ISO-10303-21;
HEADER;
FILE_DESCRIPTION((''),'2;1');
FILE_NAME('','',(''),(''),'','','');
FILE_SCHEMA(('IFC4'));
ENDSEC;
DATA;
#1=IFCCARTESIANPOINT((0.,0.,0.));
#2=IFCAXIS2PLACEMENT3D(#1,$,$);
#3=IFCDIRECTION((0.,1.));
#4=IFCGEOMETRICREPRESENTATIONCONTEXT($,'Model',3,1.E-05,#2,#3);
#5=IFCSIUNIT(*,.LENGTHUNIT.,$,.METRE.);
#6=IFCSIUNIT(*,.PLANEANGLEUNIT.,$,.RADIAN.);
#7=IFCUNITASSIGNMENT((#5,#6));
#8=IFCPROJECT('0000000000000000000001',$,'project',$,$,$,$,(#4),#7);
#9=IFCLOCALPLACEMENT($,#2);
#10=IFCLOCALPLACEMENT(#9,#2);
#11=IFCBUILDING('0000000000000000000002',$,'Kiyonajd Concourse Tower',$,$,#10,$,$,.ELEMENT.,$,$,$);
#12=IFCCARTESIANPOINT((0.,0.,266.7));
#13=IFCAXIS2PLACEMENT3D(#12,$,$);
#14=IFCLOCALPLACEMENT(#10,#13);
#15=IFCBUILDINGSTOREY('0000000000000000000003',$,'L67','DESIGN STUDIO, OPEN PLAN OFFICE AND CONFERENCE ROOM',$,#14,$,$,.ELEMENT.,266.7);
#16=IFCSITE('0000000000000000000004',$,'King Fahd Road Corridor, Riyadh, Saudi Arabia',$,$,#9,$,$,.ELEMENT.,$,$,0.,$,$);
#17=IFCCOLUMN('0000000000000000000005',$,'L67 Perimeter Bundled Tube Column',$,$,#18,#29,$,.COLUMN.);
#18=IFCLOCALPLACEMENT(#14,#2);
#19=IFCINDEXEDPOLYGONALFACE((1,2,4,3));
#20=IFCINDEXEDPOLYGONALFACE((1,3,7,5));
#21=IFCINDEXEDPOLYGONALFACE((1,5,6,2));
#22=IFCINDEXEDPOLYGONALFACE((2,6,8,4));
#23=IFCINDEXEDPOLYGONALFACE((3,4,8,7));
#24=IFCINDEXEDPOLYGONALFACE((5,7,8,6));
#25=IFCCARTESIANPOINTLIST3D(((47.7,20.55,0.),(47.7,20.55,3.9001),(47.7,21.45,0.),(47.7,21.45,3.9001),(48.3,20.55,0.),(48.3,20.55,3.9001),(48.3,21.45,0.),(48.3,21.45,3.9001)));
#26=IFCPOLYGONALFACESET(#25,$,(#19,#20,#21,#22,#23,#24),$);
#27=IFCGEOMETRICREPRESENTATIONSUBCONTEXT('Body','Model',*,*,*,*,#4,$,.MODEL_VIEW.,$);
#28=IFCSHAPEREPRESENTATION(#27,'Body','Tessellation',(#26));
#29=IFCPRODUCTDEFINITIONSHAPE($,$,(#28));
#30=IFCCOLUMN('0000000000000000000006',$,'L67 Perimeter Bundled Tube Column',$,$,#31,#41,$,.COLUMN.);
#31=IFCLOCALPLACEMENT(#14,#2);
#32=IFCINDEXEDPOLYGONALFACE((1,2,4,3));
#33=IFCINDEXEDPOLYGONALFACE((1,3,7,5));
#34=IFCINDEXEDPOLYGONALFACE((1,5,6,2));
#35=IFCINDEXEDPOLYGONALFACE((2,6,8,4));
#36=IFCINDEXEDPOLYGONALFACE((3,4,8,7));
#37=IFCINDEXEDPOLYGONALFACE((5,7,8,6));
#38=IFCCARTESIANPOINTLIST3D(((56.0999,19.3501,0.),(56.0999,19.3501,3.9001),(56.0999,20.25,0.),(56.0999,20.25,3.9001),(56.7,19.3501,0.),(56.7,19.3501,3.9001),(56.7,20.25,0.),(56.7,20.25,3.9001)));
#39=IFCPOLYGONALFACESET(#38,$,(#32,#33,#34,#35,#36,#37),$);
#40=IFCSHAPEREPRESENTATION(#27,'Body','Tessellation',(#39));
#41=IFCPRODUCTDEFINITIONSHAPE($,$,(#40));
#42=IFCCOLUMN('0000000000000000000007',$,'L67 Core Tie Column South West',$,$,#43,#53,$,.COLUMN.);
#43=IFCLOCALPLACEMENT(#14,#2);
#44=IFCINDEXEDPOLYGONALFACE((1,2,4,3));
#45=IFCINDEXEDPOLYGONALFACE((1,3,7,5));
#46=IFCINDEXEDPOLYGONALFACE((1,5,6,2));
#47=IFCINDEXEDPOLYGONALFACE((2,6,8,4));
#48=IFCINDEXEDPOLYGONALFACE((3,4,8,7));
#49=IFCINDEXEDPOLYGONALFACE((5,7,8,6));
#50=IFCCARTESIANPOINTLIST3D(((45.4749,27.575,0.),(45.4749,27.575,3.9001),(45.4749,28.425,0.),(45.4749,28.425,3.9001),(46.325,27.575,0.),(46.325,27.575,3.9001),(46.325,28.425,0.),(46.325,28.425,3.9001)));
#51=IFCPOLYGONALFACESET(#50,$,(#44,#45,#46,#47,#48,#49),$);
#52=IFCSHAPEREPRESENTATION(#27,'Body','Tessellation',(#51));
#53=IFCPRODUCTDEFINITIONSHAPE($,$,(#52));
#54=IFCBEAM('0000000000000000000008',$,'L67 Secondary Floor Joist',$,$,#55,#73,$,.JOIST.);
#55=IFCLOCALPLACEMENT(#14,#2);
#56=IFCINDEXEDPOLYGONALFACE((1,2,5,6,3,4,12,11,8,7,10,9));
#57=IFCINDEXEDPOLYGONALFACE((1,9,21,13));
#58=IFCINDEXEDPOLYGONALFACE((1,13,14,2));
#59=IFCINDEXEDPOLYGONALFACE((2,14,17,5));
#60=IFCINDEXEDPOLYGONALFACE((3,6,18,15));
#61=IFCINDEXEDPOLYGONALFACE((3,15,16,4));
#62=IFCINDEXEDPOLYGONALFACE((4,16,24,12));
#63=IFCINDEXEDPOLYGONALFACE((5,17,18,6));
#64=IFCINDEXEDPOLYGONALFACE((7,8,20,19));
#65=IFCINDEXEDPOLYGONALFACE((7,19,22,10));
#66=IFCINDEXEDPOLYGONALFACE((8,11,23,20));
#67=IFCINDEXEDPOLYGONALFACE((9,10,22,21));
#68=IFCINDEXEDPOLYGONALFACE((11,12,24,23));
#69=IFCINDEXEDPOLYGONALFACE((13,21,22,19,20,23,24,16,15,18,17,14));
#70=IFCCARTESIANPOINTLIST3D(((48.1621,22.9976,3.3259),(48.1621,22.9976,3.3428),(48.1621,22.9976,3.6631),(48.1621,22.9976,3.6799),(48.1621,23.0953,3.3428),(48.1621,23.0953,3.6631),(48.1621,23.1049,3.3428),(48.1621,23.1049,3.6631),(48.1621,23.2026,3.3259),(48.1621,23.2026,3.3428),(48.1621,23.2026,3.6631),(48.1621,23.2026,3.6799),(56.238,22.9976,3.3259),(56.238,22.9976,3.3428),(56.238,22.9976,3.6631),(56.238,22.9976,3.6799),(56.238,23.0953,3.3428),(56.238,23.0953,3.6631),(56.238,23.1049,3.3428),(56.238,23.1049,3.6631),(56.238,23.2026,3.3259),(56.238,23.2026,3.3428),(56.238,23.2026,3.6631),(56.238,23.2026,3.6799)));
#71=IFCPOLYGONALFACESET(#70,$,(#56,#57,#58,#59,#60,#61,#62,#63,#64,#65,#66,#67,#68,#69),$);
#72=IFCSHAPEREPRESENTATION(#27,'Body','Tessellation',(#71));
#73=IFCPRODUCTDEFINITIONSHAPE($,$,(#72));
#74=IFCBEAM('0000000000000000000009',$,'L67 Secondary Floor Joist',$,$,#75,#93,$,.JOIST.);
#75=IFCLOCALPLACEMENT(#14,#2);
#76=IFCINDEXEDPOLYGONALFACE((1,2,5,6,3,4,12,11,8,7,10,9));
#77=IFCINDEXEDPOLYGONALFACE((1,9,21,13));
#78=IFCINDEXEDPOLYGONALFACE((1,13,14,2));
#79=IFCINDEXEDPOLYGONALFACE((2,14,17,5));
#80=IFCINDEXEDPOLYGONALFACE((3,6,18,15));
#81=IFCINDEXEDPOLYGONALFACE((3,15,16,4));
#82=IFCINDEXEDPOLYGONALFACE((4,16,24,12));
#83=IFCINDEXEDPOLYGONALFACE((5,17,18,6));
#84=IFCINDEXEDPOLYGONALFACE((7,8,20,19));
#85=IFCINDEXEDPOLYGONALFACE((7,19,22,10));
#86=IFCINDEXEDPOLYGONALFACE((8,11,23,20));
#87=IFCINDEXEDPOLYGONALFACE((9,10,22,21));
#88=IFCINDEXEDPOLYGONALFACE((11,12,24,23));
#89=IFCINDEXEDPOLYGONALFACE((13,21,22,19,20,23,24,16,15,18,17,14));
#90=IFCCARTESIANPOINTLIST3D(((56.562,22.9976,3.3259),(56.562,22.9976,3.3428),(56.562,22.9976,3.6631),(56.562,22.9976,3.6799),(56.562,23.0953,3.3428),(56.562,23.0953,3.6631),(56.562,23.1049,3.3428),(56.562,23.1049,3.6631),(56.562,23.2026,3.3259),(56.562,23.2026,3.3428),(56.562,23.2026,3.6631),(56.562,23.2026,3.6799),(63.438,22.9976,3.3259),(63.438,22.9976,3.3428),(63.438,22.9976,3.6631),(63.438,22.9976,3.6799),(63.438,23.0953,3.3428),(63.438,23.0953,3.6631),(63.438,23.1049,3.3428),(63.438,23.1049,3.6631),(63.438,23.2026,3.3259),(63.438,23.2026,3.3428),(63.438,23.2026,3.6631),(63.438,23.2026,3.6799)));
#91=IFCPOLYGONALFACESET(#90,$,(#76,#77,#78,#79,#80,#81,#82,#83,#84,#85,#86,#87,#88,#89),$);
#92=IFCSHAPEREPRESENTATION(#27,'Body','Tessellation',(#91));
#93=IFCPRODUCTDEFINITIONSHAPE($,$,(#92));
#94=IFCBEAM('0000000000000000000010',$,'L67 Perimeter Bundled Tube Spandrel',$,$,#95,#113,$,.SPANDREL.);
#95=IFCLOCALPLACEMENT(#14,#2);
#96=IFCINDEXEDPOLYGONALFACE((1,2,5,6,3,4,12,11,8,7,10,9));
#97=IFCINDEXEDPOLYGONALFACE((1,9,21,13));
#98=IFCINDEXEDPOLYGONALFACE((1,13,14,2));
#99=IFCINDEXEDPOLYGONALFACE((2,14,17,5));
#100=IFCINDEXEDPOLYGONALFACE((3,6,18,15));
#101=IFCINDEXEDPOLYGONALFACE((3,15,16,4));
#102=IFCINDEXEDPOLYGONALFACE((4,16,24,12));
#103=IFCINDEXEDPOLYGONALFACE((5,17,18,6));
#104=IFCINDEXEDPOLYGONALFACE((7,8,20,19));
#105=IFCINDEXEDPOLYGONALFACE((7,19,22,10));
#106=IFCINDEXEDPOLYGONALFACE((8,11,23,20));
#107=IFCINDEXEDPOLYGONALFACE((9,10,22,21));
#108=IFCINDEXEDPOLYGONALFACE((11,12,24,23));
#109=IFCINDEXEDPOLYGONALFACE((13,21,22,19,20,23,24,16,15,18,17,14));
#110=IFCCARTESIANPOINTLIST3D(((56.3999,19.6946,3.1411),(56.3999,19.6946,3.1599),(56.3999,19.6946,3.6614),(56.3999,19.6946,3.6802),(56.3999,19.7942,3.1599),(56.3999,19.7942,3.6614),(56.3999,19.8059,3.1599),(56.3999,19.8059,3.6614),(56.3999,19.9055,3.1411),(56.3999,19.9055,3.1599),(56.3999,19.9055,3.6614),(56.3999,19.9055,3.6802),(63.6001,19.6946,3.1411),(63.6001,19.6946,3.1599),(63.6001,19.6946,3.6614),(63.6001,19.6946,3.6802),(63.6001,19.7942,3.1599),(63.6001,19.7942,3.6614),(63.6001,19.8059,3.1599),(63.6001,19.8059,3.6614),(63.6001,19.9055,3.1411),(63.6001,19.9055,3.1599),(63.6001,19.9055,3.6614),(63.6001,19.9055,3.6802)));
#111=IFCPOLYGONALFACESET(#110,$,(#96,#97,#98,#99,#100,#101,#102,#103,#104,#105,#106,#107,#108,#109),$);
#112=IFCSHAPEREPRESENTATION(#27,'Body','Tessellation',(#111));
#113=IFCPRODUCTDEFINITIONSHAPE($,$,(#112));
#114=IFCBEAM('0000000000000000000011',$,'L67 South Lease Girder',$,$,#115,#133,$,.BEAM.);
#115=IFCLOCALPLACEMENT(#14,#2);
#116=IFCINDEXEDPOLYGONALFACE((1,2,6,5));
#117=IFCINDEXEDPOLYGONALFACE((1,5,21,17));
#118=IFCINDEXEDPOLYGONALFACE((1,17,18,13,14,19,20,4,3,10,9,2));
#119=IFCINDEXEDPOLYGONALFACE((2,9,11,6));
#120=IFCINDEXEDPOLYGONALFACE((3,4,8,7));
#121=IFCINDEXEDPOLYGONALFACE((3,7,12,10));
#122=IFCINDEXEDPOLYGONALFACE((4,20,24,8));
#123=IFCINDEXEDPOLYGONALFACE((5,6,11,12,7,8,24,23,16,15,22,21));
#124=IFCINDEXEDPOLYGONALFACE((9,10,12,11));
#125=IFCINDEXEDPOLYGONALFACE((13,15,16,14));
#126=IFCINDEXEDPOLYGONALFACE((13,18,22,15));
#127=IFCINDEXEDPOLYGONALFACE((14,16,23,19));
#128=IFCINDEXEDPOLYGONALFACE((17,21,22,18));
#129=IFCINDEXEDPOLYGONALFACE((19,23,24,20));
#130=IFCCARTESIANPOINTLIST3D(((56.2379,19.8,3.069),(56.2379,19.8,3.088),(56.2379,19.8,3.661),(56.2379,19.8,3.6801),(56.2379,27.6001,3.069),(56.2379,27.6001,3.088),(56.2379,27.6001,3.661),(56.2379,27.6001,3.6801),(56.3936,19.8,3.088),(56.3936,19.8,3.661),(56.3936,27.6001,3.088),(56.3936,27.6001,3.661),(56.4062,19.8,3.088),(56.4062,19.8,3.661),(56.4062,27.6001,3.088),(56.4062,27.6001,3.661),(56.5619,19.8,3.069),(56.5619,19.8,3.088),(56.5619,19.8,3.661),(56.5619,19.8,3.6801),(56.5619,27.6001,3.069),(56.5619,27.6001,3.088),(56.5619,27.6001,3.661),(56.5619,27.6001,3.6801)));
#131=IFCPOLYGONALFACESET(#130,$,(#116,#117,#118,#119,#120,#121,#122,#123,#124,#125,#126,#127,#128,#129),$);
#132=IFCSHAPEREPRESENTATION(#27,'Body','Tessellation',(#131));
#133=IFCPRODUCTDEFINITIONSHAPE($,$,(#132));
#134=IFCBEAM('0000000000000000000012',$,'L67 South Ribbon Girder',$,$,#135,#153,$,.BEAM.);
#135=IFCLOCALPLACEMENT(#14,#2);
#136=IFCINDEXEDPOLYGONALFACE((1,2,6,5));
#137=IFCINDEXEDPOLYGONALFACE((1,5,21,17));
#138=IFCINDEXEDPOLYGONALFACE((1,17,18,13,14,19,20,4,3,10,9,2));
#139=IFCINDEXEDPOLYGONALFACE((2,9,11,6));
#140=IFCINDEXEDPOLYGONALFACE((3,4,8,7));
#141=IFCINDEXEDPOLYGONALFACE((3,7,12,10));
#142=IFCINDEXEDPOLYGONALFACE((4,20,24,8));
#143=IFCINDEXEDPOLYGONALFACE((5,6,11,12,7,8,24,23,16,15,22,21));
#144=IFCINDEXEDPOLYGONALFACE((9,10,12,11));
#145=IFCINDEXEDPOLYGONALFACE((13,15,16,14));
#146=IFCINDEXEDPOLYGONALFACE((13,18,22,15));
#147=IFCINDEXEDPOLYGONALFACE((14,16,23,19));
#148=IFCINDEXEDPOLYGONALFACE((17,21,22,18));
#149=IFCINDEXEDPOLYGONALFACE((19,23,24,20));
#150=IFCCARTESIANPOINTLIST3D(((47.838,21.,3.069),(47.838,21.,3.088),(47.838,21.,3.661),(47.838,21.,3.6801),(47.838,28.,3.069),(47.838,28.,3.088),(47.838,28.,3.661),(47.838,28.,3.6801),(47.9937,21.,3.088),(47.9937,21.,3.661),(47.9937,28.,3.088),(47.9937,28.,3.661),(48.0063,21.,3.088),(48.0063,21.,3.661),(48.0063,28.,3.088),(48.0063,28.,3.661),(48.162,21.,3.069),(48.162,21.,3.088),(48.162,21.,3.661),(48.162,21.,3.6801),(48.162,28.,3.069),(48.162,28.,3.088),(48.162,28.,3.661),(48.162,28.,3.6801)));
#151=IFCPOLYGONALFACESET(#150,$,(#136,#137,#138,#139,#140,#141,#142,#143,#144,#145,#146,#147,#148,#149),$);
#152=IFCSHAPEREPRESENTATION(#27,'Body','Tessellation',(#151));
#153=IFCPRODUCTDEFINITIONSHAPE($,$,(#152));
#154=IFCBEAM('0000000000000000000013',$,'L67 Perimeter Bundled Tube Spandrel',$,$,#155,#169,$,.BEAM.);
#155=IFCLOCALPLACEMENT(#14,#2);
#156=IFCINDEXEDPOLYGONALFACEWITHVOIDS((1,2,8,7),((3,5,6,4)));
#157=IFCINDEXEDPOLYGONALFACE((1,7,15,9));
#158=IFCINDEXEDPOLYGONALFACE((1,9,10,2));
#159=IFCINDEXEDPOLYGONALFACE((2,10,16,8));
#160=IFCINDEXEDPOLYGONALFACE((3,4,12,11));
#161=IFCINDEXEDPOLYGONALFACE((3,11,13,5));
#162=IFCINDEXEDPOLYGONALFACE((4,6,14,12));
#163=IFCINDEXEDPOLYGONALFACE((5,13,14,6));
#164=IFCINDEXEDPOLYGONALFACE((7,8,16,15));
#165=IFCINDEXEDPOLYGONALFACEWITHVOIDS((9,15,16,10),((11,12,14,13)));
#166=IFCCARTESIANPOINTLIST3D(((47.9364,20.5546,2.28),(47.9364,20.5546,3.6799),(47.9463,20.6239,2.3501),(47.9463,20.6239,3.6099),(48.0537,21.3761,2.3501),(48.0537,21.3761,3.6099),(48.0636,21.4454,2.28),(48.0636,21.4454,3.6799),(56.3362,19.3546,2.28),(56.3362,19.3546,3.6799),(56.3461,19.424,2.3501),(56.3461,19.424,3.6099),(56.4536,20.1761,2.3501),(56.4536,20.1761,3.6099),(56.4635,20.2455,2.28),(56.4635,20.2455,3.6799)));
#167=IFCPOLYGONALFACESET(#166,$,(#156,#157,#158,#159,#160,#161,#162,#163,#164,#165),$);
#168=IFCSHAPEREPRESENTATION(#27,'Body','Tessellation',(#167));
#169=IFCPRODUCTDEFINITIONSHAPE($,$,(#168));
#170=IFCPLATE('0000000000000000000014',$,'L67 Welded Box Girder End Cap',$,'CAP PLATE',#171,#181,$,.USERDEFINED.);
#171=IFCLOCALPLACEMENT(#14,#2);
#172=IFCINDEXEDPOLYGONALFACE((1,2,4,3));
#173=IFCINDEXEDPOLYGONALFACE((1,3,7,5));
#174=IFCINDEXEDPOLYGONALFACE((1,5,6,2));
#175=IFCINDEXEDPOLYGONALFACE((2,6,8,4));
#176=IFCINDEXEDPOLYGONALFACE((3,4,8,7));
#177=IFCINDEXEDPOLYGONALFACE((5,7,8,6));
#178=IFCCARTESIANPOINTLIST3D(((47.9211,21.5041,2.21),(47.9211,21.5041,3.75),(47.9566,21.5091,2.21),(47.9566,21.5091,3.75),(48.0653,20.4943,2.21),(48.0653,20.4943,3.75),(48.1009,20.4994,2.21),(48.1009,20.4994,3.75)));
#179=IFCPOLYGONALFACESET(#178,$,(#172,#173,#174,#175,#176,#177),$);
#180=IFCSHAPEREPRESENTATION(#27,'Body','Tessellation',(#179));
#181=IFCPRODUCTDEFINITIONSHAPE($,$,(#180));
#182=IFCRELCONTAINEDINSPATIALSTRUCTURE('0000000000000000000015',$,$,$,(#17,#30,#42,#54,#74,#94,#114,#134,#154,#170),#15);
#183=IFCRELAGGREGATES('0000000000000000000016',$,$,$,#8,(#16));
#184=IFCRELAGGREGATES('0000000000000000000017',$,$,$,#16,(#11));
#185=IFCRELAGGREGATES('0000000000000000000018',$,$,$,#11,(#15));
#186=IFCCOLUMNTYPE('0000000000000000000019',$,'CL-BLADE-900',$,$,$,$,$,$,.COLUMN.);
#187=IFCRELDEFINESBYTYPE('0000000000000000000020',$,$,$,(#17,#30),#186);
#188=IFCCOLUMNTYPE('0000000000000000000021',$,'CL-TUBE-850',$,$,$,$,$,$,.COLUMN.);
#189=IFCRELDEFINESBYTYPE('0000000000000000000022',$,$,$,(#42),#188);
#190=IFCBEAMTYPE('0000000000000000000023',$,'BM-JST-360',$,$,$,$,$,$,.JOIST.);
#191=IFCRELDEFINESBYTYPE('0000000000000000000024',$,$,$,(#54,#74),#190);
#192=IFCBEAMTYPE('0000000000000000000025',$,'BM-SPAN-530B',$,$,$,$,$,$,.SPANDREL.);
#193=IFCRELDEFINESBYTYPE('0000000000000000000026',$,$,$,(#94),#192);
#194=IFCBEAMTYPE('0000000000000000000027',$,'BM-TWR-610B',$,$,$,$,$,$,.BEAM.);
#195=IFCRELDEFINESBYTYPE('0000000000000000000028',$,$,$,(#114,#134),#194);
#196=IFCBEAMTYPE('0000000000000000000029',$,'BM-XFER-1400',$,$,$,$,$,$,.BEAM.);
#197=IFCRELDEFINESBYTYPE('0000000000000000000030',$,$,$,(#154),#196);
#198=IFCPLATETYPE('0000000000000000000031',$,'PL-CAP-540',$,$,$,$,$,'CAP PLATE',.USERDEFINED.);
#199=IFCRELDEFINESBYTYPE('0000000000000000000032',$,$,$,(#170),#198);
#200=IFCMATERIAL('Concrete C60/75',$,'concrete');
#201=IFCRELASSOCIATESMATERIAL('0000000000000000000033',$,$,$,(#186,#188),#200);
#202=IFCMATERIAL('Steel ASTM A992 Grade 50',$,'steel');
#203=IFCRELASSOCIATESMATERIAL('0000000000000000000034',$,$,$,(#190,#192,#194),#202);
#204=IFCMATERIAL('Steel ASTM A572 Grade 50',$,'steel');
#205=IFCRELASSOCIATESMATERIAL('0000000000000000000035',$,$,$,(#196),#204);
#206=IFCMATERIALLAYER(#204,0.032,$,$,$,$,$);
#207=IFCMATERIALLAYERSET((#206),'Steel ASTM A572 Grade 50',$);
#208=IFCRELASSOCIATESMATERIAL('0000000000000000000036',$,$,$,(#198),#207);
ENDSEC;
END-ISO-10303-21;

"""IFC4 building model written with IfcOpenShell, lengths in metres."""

from ifc_helpers import new_model, si_unit, direction, frame, origin, origin_2d, place, context, subcontext, project, spatial, rectangle, hollow_rectangle, i_section, extrude, material, layer, layer_set, material_profile, profile_set, type_object, element, save


model = new_model("IFC4")

# Units and contexts
model_context = context("Model", 3, precision=1e-05, world=origin(), true_north=direction((0.0, 1.0)))
body_context = subcontext(model_context, "Body", "Model", "MODEL_VIEW")
ifc_project = project(units=[si_unit("LENGTHUNIT", "METRE"), si_unit("PLANEANGLEUNIT", "RADIAN")], contexts=[model_context])

# Site, building, storey
site_placement = place(None, origin())
site = spatial("IfcSite", under=ifc_project, at=site_placement, Name="King Fahd Road Corridor, Riyadh, Saudi Arabia", CompositionType="ELEMENT", RefElevation=0.0)
building_placement = place(site_placement, origin())
building = spatial("IfcBuilding", under=site, at=building_placement, Name="Kiyonajd Concourse Tower", CompositionType="ELEMENT")
storey_placement = place(building_placement, frame((0.0, 0.0, 266.7)))
storey = spatial("IfcBuildingStorey", under=building, at=storey_placement, Name="L67", Description="DESIGN STUDIO, OPEN PLAN OFFICE AND CONFERENCE ROOM", CompositionType="ELEMENT", Elevation=266.7)

# Columns
ifc_material_1 = material(Name="Concrete C60/75", Category="concrete")
ifc_material_profile_1 = material_profile(ifc_material_1, rectangle(XDim=0.6001, YDim=0.8999, at=origin_2d()), Name="RC-900x600")
ifc_profile_set_1 = profile_set([ifc_material_profile_1], Name="Concrete C60/75")
column_type_1 = type_object("IfcColumnType", Name="CL-BLADE-900", PredefinedType="COLUMN", material=ifc_profile_set_1)
for number, where, z_axis, x_axis, name in (
    (1, (48.0, 21.0, 0.0), (0.0, 0.0, 1.0), (1.0, 0.0, 0.0), "L67 Perimeter Bundled Tube Column"),
    (2, (56.3999, 19.8, 0.0), (0.0, 0.0, 1.0), (1.0, 0.0, 0.0), "L67 Perimeter Bundled Tube Column"),
):
    element("IfcColumn", number, at=place(storey_placement, frame(where, z_axis=z_axis, x_axis=x_axis)), inside=storey, type_object=column_type_1, Name=name, PredefinedType="COLUMN", context=body_context, shape_type="SweptSolid", body=[
        extrude(rectangle(XDim=0.6001, YDim=0.8999, at=origin_2d()), origin(), (0.0, 0.0, 1.0), 3.9001),
    ])
ifc_material_profile_2 = material_profile(ifc_material_1, rectangle(XDim=0.8501, YDim=0.8501, at=origin_2d()), Name="RC-850x850")
ifc_profile_set_2 = profile_set([ifc_material_profile_2], Name="Concrete C60/75")
column_type_2 = type_object("IfcColumnType", Name="CL-TUBE-850", PredefinedType="COLUMN", material=ifc_profile_set_2)
column_placement = place(storey_placement, frame((45.8999, 28.0, 0.0), z_axis=(0.0, 0.0, 1.0), x_axis=(1.0, 0.0, 0.0)))
element("IfcColumn", 3, at=column_placement, inside=storey, type_object=column_type_2, Name="L67 Core Tie Column South West", PredefinedType="COLUMN", context=body_context, shape_type="SweptSolid", body=[
    extrude(rectangle(XDim=0.8501, YDim=0.8501, at=origin_2d()), origin(), (0.0, 0.0, 1.0), 3.9001),
])

# Beams
ifc_material_2 = material(Name="Steel ASTM A992 Grade 50", Category="steel")
ifc_material_profile_3 = material_profile(ifc_material_2, i_section(OverallWidth=0.2051, OverallDepth=0.354, WebThickness=0.0095, FlangeThickness=0.0168, at=origin_2d()), Name="W360X79")
ifc_profile_set_3 = profile_set([ifc_material_profile_3], Name="Steel ASTM A992 Grade 50")
beam_type_1 = type_object("IfcBeamType", Name="BM-JST-360", PredefinedType="JOIST", material=ifc_profile_set_3)
beam_1_placement = place(storey_placement, frame((48.1621, 23.1001, 3.5029), z_axis=(1.0, 0.0, 0.0), x_axis=(0.0, 1.0, 0.0)))
element("IfcBeam", 4, at=beam_1_placement, inside=storey, type_object=beam_type_1, Name="L67 Secondary Floor Joist", PredefinedType="JOIST", context=body_context, shape_type="SweptSolid", body=[
    extrude(i_section(OverallWidth=0.2051, OverallDepth=0.354, WebThickness=0.0095, FlangeThickness=0.0168, at=origin_2d()), origin(), (0.0, 0.0, 1.0), 8.0759),
])
beam_2_placement = place(storey_placement, frame((56.562, 23.1001, 3.5029), z_axis=(1.0, 0.0, 0.0), x_axis=(0.0, 1.0, 0.0)))
element("IfcBeam", 5, at=beam_2_placement, inside=storey, type_object=beam_type_1, Name="L67 Secondary Floor Joist", PredefinedType="JOIST", context=body_context, shape_type="SweptSolid", body=[
    extrude(i_section(OverallWidth=0.2051, OverallDepth=0.354, WebThickness=0.0095, FlangeThickness=0.0168, at=origin_2d()), origin(), (0.0, 0.0, 1.0), 6.876),
])
ifc_material_profile_4 = material_profile(ifc_material_2, i_section(OverallWidth=0.2109, OverallDepth=0.5391, WebThickness=0.0117, FlangeThickness=0.0188, at=origin_2d()), Name="W530X109")
ifc_profile_set_4 = profile_set([ifc_material_profile_4], Name="Steel ASTM A992 Grade 50")
beam_type_2 = type_object("IfcBeamType", Name="BM-SPAN-530B", PredefinedType="SPANDREL", material=ifc_profile_set_4)
beam_3_placement = place(storey_placement, frame((56.3999, 19.8, 3.4106), z_axis=(1.0, 0.0, 0.0), x_axis=(0.0, 1.0, 0.0)))
element("IfcBeam", 6, at=beam_3_placement, inside=storey, type_object=beam_type_2, Name="L67 Perimeter Bundled Tube Spandrel", PredefinedType="SPANDREL", context=body_context, shape_type="SweptSolid", body=[
    extrude(i_section(OverallWidth=0.2109, OverallDepth=0.5391, WebThickness=0.0117, FlangeThickness=0.0188, at=origin_2d()), origin(), (0.0, 0.0, 1.0), 7.2002),
])
ifc_material_profile_5 = material_profile(ifc_material_2, i_section(OverallWidth=0.324, OverallDepth=0.6111, WebThickness=0.0127, FlangeThickness=0.019, at=origin_2d()), Name="W610X155")
ifc_profile_set_5 = profile_set([ifc_material_profile_5], Name="Steel ASTM A992 Grade 50")
beam_type_3 = type_object("IfcBeamType", Name="BM-TWR-610B", PredefinedType="BEAM", material=ifc_profile_set_5)
beam_4_placement = place(storey_placement, frame((56.3999, 19.8, 3.3745), z_axis=(0.0, 1.0, 0.0), x_axis=(-1.0, 0.0, 0.0)))
element("IfcBeam", 7, at=beam_4_placement, inside=storey, type_object=beam_type_3, Name="L67 South Lease Girder", PredefinedType="BEAM", context=body_context, shape_type="SweptSolid", body=[
    extrude(i_section(OverallWidth=0.324, OverallDepth=0.6111, WebThickness=0.0127, FlangeThickness=0.019, at=origin_2d()), origin(), (0.0, 0.0, 1.0), 7.8),
])
beam_5_placement = place(storey_placement, frame((48.0, 21.0, 3.3745), z_axis=(0.0, 1.0, 0.0), x_axis=(-1.0, 0.0, 0.0)))
element("IfcBeam", 8, at=beam_5_placement, inside=storey, type_object=beam_type_3, Name="L67 South Ribbon Girder", PredefinedType="BEAM", context=body_context, shape_type="SweptSolid", body=[
    extrude(i_section(OverallWidth=0.324, OverallDepth=0.6111, WebThickness=0.0127, FlangeThickness=0.019, at=origin_2d()), origin(), (0.0, 0.0, 1.0), 7.0),
])
ifc_material_3 = material(Name="Steel ASTM A572 Grade 50", Category="steel")
ifc_material_profile_6 = material_profile(ifc_material_3, hollow_rectangle(XDim=0.8999, YDim=1.3999, WallThickness=0.0701, at=origin_2d()), Name="BOX-1400x900x70")
ifc_profile_set_6 = profile_set([ifc_material_profile_6], Name="Steel ASTM A572 Grade 50")
beam_type_4 = type_object("IfcBeamType", Name="BM-XFER-1400", PredefinedType="BEAM", material=ifc_profile_set_6)
beam_6_placement = place(storey_placement, frame((48.0, 21.0, 2.98), z_axis=(0.98995, -0.141417, 0.0), x_axis=(0.141417, 0.98995, 0.0)))
element("IfcBeam", 9, at=beam_6_placement, inside=storey, type_object=beam_type_4, Name="L67 Perimeter Bundled Tube Spandrel", PredefinedType="BEAM", context=body_context, shape_type="SweptSolid", body=[
    extrude(hollow_rectangle(XDim=0.8999, YDim=1.3999, WallThickness=0.0701, at=origin_2d()), origin(), (0.0, 0.0, 1.0), 8.4851),
])

# Plate
ifc_layer_1 = layer(ifc_material_3, 0.032)
ifc_layer_set_1 = layer_set([ifc_layer_1], Name="Steel ASTM A572 Grade 50")
plate_type_1 = type_object("IfcPlateType", Name="PL-CAP-540", ElementType="CAP PLATE", PredefinedType="USERDEFINED", material=ifc_layer_set_1)
for number, where, z_axis, x_axis, name in (
    (10, (48.011, 21.0017, 2.21), (0.0, 0.0, 1.0), (0.98995, 0.14142, 0.0), "L67 Welded Box Girder End Cap"),
):
    element("IfcPlate", number, at=place(storey_placement, frame(where, z_axis=z_axis, x_axis=x_axis)), inside=storey, type_object=plate_type_1, Name=name, ObjectType="CAP PLATE", PredefinedType="USERDEFINED", context=body_context, shape_type="SweptSolid", body=[
        extrude(rectangle(XDim=0.0359, YDim=1.02, at=origin_2d()), origin(), (0.0, 0.0, 1.0), 1.54),
    ])

save(model, "model.ifc")
